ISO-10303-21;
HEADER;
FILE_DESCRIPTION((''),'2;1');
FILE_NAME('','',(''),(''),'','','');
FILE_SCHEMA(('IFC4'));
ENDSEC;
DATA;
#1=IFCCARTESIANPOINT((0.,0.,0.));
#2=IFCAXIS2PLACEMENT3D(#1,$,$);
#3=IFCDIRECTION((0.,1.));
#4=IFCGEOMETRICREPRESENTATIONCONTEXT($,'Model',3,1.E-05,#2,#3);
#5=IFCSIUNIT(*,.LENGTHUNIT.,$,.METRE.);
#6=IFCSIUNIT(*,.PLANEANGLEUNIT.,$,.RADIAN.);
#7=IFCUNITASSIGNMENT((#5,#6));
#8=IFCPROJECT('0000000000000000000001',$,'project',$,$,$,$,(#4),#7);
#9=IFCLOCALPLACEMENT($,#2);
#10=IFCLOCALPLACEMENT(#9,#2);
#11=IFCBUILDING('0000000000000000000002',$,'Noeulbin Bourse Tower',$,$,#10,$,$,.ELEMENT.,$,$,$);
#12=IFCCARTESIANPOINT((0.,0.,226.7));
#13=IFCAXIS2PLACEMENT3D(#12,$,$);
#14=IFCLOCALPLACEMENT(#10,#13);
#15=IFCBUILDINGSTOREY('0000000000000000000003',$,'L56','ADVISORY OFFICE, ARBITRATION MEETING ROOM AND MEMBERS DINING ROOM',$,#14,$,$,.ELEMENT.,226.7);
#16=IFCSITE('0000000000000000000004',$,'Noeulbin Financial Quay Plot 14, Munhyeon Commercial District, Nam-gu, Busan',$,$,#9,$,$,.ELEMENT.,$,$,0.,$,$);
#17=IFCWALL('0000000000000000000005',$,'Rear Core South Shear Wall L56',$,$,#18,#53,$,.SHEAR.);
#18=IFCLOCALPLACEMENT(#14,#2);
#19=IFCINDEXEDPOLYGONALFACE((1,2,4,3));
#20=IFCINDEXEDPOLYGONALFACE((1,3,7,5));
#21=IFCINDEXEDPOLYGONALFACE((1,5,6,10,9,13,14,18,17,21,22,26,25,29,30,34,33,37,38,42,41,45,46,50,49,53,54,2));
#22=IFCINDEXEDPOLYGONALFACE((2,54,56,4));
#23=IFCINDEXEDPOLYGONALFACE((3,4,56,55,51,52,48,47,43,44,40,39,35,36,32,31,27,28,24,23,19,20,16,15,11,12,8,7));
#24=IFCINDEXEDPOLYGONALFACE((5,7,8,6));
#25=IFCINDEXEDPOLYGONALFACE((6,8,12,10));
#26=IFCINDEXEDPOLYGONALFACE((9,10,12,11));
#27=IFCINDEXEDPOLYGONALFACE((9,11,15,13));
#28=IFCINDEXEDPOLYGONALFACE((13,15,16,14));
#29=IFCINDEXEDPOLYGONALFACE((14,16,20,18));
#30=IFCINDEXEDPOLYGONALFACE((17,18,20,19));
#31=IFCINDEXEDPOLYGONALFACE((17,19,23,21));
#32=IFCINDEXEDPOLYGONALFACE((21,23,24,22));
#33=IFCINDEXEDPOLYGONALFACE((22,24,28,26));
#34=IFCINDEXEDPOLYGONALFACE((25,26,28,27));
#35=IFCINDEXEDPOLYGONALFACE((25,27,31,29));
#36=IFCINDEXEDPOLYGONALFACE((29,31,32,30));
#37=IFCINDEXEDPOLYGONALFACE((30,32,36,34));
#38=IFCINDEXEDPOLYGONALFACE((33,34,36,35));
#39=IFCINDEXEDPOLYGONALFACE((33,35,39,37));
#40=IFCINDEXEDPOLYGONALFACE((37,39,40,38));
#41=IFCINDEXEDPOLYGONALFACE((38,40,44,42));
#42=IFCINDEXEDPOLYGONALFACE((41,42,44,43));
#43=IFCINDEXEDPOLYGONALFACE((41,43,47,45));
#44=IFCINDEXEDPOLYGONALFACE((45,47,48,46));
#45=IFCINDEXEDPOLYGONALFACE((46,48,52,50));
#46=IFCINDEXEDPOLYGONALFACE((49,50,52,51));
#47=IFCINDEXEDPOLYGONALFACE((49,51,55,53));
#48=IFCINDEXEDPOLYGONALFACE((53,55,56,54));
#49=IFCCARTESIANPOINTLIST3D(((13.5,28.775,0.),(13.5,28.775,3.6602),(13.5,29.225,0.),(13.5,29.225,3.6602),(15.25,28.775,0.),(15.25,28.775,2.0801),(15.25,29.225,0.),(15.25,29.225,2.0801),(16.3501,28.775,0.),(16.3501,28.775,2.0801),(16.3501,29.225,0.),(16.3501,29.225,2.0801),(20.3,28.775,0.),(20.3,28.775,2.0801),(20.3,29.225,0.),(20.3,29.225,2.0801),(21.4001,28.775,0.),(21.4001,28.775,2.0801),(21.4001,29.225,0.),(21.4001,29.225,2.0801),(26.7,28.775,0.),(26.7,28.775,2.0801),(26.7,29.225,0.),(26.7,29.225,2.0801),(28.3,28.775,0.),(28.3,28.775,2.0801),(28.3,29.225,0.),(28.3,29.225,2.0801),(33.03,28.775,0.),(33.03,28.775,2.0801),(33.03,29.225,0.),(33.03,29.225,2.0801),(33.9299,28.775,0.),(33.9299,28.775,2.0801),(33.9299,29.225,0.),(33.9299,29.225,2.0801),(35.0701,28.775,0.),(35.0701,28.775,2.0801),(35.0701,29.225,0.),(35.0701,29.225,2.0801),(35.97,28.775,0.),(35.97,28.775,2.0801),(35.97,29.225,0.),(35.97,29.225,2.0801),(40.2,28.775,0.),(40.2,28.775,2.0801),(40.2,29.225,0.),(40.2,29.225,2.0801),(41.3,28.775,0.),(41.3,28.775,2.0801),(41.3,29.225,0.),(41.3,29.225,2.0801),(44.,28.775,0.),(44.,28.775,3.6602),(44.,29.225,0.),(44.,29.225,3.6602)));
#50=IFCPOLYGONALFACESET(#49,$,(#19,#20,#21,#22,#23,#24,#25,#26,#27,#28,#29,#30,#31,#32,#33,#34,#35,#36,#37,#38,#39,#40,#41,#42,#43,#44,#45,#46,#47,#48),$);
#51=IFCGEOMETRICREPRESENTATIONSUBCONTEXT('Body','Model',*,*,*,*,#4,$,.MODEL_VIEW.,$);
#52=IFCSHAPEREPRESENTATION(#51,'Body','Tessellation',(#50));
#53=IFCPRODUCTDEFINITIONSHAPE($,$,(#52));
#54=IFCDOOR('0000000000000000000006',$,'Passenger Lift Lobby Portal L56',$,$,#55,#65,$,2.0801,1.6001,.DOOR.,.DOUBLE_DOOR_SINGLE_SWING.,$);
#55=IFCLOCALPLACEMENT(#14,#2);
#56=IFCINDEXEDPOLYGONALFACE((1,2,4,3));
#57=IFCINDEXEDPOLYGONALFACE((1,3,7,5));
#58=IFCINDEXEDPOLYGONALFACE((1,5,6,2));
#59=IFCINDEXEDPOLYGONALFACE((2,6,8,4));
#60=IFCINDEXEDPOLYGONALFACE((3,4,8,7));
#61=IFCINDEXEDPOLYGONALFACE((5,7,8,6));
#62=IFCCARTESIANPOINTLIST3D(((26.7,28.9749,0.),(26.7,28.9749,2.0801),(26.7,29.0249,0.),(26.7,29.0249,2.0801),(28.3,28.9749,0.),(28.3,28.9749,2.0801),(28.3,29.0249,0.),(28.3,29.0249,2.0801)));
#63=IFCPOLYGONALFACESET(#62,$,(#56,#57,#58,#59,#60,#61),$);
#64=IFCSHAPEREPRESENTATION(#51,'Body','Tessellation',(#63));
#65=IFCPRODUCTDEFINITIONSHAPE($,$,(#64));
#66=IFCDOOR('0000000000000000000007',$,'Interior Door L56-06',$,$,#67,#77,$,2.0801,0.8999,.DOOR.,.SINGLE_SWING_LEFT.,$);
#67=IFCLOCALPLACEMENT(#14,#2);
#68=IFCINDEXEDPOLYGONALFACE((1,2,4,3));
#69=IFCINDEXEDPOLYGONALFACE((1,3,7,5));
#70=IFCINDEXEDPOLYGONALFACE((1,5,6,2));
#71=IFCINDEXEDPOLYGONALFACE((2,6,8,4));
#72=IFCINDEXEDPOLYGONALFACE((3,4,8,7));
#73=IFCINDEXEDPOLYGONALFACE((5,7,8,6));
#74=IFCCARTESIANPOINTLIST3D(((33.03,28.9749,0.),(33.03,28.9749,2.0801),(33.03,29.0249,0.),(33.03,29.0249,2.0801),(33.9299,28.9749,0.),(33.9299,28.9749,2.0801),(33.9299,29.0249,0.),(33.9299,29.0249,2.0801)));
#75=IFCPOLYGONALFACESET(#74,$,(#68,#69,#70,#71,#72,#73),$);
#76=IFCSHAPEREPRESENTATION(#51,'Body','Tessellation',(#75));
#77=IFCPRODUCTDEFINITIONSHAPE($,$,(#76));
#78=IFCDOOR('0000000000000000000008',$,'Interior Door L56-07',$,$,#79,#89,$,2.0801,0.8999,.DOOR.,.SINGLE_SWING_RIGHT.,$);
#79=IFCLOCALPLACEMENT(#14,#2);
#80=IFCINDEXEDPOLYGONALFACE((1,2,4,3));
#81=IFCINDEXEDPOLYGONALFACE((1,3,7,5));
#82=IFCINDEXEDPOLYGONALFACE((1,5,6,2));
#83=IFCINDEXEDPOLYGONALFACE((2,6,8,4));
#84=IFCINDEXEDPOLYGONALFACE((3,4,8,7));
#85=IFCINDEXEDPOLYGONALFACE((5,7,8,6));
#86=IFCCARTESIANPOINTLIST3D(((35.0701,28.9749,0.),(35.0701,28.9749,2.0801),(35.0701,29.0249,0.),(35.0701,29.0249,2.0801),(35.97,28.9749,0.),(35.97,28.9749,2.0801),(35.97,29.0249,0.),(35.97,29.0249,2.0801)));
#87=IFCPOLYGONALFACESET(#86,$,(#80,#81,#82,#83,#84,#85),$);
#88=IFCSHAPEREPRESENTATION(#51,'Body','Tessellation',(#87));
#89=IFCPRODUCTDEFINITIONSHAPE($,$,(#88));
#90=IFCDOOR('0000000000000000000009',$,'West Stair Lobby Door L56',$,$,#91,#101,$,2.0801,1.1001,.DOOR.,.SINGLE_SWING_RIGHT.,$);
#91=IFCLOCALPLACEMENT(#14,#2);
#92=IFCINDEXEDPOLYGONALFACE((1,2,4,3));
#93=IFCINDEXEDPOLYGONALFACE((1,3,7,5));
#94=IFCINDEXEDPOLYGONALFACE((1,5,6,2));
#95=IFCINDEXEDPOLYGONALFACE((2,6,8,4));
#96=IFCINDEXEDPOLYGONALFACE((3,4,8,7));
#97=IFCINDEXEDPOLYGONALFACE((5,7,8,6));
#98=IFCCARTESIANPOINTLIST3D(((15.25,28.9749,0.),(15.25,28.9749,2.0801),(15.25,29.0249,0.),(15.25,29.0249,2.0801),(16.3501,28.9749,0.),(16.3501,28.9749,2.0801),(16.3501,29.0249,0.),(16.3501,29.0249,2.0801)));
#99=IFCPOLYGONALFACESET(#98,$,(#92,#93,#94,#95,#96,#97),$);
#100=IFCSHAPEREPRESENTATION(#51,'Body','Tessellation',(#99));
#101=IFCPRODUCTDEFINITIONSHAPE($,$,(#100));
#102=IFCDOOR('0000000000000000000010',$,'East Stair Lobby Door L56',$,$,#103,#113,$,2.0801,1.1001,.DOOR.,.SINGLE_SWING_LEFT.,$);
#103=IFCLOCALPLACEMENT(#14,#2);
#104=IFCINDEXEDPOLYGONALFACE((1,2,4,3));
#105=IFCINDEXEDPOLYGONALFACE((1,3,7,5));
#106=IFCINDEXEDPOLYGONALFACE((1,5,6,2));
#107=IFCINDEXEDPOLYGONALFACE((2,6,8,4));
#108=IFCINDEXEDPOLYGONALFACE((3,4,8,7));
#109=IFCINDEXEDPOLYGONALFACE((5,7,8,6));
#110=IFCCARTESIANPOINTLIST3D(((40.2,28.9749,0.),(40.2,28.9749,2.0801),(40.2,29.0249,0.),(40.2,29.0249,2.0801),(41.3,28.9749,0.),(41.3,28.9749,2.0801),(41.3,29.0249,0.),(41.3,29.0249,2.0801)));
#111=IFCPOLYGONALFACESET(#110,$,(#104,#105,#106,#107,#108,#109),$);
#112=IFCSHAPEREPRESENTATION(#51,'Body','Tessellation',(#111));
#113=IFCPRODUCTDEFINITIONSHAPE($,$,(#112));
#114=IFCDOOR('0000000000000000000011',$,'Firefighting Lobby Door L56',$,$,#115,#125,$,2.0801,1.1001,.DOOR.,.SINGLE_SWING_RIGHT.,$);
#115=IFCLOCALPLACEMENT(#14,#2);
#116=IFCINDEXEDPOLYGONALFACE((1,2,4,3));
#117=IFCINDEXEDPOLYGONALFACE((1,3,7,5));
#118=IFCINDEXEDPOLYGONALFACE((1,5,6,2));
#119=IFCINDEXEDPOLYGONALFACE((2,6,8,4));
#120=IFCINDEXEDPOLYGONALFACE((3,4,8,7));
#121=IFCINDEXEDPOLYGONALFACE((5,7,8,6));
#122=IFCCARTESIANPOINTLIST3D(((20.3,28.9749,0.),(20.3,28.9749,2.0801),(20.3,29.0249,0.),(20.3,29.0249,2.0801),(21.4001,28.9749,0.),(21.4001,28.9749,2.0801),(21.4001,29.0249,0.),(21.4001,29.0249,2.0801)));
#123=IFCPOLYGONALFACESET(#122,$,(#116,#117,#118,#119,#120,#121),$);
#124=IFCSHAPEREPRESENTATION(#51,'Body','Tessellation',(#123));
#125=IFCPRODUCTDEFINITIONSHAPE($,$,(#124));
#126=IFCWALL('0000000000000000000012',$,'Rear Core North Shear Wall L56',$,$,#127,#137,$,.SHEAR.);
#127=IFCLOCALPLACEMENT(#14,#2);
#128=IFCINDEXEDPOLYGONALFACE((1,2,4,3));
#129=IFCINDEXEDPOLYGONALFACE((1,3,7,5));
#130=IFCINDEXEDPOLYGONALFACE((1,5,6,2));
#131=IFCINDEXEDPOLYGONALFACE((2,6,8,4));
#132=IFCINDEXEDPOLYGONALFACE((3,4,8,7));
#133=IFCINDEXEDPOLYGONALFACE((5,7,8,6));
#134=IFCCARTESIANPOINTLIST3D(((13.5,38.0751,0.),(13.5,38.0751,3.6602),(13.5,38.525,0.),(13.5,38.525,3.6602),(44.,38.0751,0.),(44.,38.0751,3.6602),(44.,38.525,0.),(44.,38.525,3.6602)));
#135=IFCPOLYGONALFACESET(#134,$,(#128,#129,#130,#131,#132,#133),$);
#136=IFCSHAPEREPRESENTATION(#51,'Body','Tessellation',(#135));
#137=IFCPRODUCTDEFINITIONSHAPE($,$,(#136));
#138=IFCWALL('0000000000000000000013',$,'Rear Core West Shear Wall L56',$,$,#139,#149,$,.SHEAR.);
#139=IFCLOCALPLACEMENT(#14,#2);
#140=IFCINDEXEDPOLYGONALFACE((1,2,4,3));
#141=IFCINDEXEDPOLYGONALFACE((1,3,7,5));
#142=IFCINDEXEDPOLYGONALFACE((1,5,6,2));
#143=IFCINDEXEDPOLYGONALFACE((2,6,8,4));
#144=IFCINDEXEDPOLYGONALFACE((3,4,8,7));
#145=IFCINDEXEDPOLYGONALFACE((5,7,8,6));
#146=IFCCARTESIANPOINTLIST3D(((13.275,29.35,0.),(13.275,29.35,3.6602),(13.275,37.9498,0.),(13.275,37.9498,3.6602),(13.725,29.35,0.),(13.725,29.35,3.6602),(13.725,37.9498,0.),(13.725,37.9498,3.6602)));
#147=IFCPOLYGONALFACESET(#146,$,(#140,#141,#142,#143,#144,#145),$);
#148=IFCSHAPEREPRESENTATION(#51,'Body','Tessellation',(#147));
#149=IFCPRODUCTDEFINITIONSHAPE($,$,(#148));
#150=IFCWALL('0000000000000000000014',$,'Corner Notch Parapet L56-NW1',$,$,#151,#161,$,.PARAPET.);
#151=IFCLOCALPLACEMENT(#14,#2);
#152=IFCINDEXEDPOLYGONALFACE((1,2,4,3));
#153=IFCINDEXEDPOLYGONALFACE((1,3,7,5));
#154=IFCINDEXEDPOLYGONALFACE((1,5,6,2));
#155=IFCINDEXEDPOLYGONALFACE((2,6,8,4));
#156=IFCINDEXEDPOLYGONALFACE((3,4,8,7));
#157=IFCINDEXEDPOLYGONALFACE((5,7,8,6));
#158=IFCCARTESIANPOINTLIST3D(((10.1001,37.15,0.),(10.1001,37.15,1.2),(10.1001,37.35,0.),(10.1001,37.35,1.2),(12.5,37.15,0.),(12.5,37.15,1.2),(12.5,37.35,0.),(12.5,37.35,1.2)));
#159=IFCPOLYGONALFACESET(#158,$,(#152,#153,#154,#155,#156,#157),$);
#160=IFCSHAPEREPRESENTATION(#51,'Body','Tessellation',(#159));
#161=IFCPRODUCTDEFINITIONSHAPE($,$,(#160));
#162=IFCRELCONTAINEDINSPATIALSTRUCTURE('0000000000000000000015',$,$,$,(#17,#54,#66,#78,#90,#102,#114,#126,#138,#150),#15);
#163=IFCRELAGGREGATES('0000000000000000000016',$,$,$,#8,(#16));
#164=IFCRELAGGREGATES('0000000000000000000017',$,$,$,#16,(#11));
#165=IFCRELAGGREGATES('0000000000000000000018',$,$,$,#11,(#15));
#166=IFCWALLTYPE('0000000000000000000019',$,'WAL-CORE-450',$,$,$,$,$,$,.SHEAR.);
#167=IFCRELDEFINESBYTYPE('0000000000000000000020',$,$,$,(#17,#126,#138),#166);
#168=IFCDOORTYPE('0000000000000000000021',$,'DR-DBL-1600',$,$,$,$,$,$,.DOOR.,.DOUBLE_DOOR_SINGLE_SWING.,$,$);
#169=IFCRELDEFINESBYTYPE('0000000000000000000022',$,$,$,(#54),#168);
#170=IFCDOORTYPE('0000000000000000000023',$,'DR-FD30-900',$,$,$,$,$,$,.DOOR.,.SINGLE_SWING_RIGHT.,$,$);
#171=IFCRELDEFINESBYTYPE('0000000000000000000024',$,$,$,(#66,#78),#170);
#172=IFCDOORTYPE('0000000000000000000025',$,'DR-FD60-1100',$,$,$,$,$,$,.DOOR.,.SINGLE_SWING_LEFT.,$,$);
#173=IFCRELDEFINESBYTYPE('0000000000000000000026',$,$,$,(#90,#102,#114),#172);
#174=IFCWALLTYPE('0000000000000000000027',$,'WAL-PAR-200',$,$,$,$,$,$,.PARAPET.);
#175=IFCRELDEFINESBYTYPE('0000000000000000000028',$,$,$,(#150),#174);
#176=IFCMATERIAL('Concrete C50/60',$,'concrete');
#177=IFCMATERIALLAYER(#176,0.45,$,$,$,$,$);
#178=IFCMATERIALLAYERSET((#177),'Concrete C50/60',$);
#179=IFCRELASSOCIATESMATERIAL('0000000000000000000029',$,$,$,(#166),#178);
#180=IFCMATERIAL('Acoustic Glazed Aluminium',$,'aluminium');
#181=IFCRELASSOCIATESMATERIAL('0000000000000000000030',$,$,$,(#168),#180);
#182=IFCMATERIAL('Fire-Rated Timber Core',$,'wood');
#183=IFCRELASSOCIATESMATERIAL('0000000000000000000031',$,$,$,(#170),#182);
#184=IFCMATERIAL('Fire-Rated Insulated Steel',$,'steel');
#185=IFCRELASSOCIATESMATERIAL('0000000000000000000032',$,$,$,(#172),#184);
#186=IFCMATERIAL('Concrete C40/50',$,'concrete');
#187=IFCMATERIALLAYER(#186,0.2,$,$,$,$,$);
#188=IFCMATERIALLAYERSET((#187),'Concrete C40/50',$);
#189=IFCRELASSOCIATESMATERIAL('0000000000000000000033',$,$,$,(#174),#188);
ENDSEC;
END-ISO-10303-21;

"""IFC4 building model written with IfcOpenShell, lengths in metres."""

from ifc_helpers import new_model, si_unit, direction, frame, frame_2d, origin, place, context, subcontext, project, spatial, rectangle, extrude, material, layer, layer_set, type_object, element, fill, save


model = new_model("IFC4")

# Units and contexts
model_context = context("Model", 3, precision=1e-05, world=origin(), true_north=direction((0.0, 1.0)))
body_context = subcontext(model_context, "Body", "Model", "MODEL_VIEW")
ifc_project = project(units=[si_unit("LENGTHUNIT", "METRE"), si_unit("PLANEANGLEUNIT", "RADIAN")], contexts=[model_context])

# Site, building, storey
site_placement = place(None, origin())
site = spatial("IfcSite", under=ifc_project, at=site_placement, Name="Noeulbin Financial Quay Plot 14, Munhyeon Commercial District, Nam-gu, Busan", CompositionType="ELEMENT", RefElevation=0.0)
building_placement = place(site_placement, origin())
building = spatial("IfcBuilding", under=site, at=building_placement, Name="Noeulbin Bourse Tower", CompositionType="ELEMENT")
storey_placement = place(building_placement, frame((0.0, 0.0, 226.7)))
storey = spatial("IfcBuildingStorey", under=building, at=storey_placement, Name="L56", Description="ADVISORY OFFICE, ARBITRATION MEETING ROOM AND MEMBERS DINING ROOM", CompositionType="ELEMENT", Elevation=226.7)

# Wall, openings, doors
ifc_material_1 = material(Name="Concrete C50/60", Category="concrete")
ifc_layer_1 = layer(ifc_material_1, 0.45)
ifc_layer_set_1 = layer_set([ifc_layer_1], Name="Concrete C50/60")
wall_type_1 = type_object("IfcWallType", Name="WAL-CORE-450", PredefinedType="SHEAR", material=ifc_layer_set_1)
wall_1_placement = place(storey_placement, frame((13.5, 29.0, 0.0), z_axis=(0.0, 0.0, 1.0), x_axis=(1.0, 0.0, 0.0)))
wall_1 = element("IfcWall", 1, at=wall_1_placement, inside=storey, type_object=wall_type_1, Name="Rear Core South Shear Wall L56", PredefinedType="SHEAR", context=body_context, shape_type="SweptSolid", body=[
    extrude(rectangle(XDim=30.5, YDim=0.45, at=frame_2d((15.25, 0.0))), origin(), (0.0, 0.0, 1.0), 3.6602),
])
opening_1_placement = place(wall_1_placement, frame((1.75, 0.0, 0.0)))
opening_1 = element("IfcOpeningElement", 2, at=opening_1_placement, cuts=wall_1, PredefinedType="OPENING", context=body_context, shape_type="SweptSolid", body=[
    extrude(rectangle(XDim=1.1001, YDim=2.0801, at=frame_2d((0.55, 1.04))), frame((0.0, 0.2349, 0.0), z_axis=(0.0, -1.0, 0.0), x_axis=(1.0, 0.0, 0.0)), (0.0, 0.0, 1.0), 0.47),
])
opening_2_placement = place(wall_1_placement, frame((26.7, 0.0, 0.0)))
opening_2 = element("IfcOpeningElement", 3, at=opening_2_placement, cuts=wall_1, PredefinedType="OPENING", context=body_context, shape_type="SweptSolid", body=[
    extrude(rectangle(XDim=1.1001, YDim=2.0801, at=frame_2d((0.55, 1.04))), frame((0.0, 0.2349, 0.0), z_axis=(0.0, -1.0, 0.0), x_axis=(1.0, 0.0, 0.0)), (0.0, 0.0, 1.0), 0.47),
])
opening_3_placement = place(wall_1_placement, frame((6.8, 0.0, 0.0)))
opening_3 = element("IfcOpeningElement", 4, at=opening_3_placement, cuts=wall_1, PredefinedType="OPENING", context=body_context, shape_type="SweptSolid", body=[
    extrude(rectangle(XDim=1.1001, YDim=2.0801, at=frame_2d((0.55, 1.04))), frame((0.0, 0.2349, 0.0), z_axis=(0.0, -1.0, 0.0), x_axis=(1.0, 0.0, 0.0)), (0.0, 0.0, 1.0), 0.47),
])
opening_4_placement = place(wall_1_placement, frame((13.2, 0.0, 0.0)))
opening_4 = element("IfcOpeningElement", 5, at=opening_4_placement, cuts=wall_1, PredefinedType="OPENING", context=body_context, shape_type="SweptSolid", body=[
    extrude(rectangle(XDim=1.6001, YDim=2.0801, at=frame_2d((0.8, 1.04))), frame((0.0, 0.2349, 0.0), z_axis=(0.0, -1.0, 0.0), x_axis=(1.0, 0.0, 0.0)), (0.0, 0.0, 1.0), 0.47),
])
opening_5_placement = place(wall_1_placement, frame((19.53, 0.0, 0.0)))
opening_5 = element("IfcOpeningElement", 6, at=opening_5_placement, cuts=wall_1, PredefinedType="OPENING", context=body_context, shape_type="SweptSolid", body=[
    extrude(rectangle(XDim=0.8999, YDim=2.0801, at=frame_2d((0.45, 1.04))), frame((0.0, 0.2349, 0.0), z_axis=(0.0, -1.0, 0.0), x_axis=(1.0, 0.0, 0.0)), (0.0, 0.0, 1.0), 0.47),
])
opening_6_placement = place(wall_1_placement, frame((21.5701, 0.0, 0.0)))
opening_6 = element("IfcOpeningElement", 7, at=opening_6_placement, cuts=wall_1, PredefinedType="OPENING", context=body_context, shape_type="SweptSolid", body=[
    extrude(rectangle(XDim=0.8999, YDim=2.0801, at=frame_2d((0.45, 1.04))), frame((0.0, 0.2349, 0.0), z_axis=(0.0, -1.0, 0.0), x_axis=(1.0, 0.0, 0.0)), (0.0, 0.0, 1.0), 0.47),
])
ifc_material_2 = material(Name="Acoustic Glazed Aluminium", Category="aluminium")
door_type_1 = type_object("IfcDoorType", Name="DR-DBL-1600", OperationType="DOUBLE_DOOR_SINGLE_SWING", PredefinedType="DOOR", material=ifc_material_2)
door_1_placement = place(opening_4_placement, origin())
door_1 = element("IfcDoor", 8, at=door_1_placement, inside=storey, type_object=door_type_1, Name="Passenger Lift Lobby Portal L56", OperationType="DOUBLE_DOOR_SINGLE_SWING", OverallHeight=2.0801, OverallWidth=1.6001, PredefinedType="DOOR", context=body_context, shape_type="SweptSolid", body=[
    extrude(rectangle(XDim=1.6001, YDim=2.0801, at=frame_2d((0.8, 1.04))), frame((0.0, 0.0249, 0.0), z_axis=(0.0, -1.0, 0.0), x_axis=(1.0, 0.0, 0.0)), (0.0, 0.0, 1.0), 0.05),
])
fill(opening_4, door_1)
ifc_material_3 = material(Name="Fire-Rated Timber Core", Category="wood")
door_type_2 = type_object("IfcDoorType", Name="DR-FD30-900", OperationType="SINGLE_SWING_RIGHT", PredefinedType="DOOR", material=ifc_material_3)
door_2_placement = place(opening_5_placement, origin())
door_2 = element("IfcDoor", 9, at=door_2_placement, inside=storey, type_object=door_type_2, Name="Interior Door L56-06", OperationType="SINGLE_SWING_LEFT", OverallHeight=2.0801, OverallWidth=0.8999, PredefinedType="DOOR", context=body_context, shape_type="SweptSolid", body=[
    extrude(rectangle(XDim=0.8999, YDim=2.0801, at=frame_2d((0.45, 1.04))), frame((0.0, 0.0249, 0.0), z_axis=(0.0, -1.0, 0.0), x_axis=(1.0, 0.0, 0.0)), (0.0, 0.0, 1.0), 0.05),
])
fill(opening_5, door_2)
door_3_placement = place(opening_6_placement, origin())
door_3 = element("IfcDoor", 10, at=door_3_placement, inside=storey, type_object=door_type_2, Name="Interior Door L56-07", OperationType="SINGLE_SWING_RIGHT", OverallHeight=2.0801, OverallWidth=0.8999, PredefinedType="DOOR", context=body_context, shape_type="SweptSolid", body=[
    extrude(rectangle(XDim=0.8999, YDim=2.0801, at=frame_2d((0.45, 1.04))), frame((0.0, 0.0249, 0.0), z_axis=(0.0, -1.0, 0.0), x_axis=(1.0, 0.0, 0.0)), (0.0, 0.0, 1.0), 0.05),
])
fill(opening_6, door_3)
ifc_material_4 = material(Name="Fire-Rated Insulated Steel", Category="steel")
door_type_3 = type_object("IfcDoorType", Name="DR-FD60-1100", OperationType="SINGLE_SWING_LEFT", PredefinedType="DOOR", material=ifc_material_4)
door_4_placement = place(opening_1_placement, origin())
door_4 = element("IfcDoor", 11, at=door_4_placement, inside=storey, type_object=door_type_3, Name="West Stair Lobby Door L56", OperationType="SINGLE_SWING_RIGHT", OverallHeight=2.0801, OverallWidth=1.1001, PredefinedType="DOOR", context=body_context, shape_type="SweptSolid", body=[
    extrude(rectangle(XDim=1.1001, YDim=2.0801, at=frame_2d((0.55, 1.04))), frame((0.0, 0.0249, 0.0), z_axis=(0.0, -1.0, 0.0), x_axis=(1.0, 0.0, 0.0)), (0.0, 0.0, 1.0), 0.05),
])
fill(opening_1, door_4)
door_5_placement = place(opening_2_placement, origin())
door_5 = element("IfcDoor", 12, at=door_5_placement, inside=storey, type_object=door_type_3, Name="East Stair Lobby Door L56", OperationType="SINGLE_SWING_LEFT", OverallHeight=2.0801, OverallWidth=1.1001, PredefinedType="DOOR", context=body_context, shape_type="SweptSolid", body=[
    extrude(rectangle(XDim=1.1001, YDim=2.0801, at=frame_2d((0.55, 1.04))), frame((0.0, 0.0249, 0.0), z_axis=(0.0, -1.0, 0.0), x_axis=(1.0, 0.0, 0.0)), (0.0, 0.0, 1.0), 0.05),
])
fill(opening_2, door_5)
door_6_placement = place(opening_3_placement, origin())
door_6 = element("IfcDoor", 13, at=door_6_placement, inside=storey, type_object=door_type_3, Name="Firefighting Lobby Door L56", OperationType="SINGLE_SWING_RIGHT", OverallHeight=2.0801, OverallWidth=1.1001, PredefinedType="DOOR", context=body_context, shape_type="SweptSolid", body=[
    extrude(rectangle(XDim=1.1001, YDim=2.0801, at=frame_2d((0.55, 1.04))), frame((0.0, 0.0249, 0.0), z_axis=(0.0, -1.0, 0.0), x_axis=(1.0, 0.0, 0.0)), (0.0, 0.0, 1.0), 0.05),
])
fill(opening_3, door_6)

# Walls
wall_2_placement = place(storey_placement, frame((13.5, 38.3, 0.0), z_axis=(0.0, 0.0, 1.0), x_axis=(1.0, 0.0, 0.0)))
element("IfcWall", 14, at=wall_2_placement, inside=storey, type_object=wall_type_1, Name="Rear Core North Shear Wall L56", PredefinedType="SHEAR", context=body_context, shape_type="SweptSolid", body=[
    extrude(rectangle(XDim=30.5, YDim=0.45, at=frame_2d((15.25, 0.0))), origin(), (0.0, 0.0, 1.0), 3.6602),
])
wall_3_placement = place(storey_placement, frame((13.5, 29.3501, 0.0), z_axis=(0.0, 0.0, 1.0), x_axis=(0.0, 1.0, 0.0)))
element("IfcWall", 15, at=wall_3_placement, inside=storey, type_object=wall_type_1, Name="Rear Core West Shear Wall L56", PredefinedType="SHEAR", context=body_context, shape_type="SweptSolid", body=[
    extrude(rectangle(XDim=8.5999, YDim=0.45, at=frame_2d((4.2998, 0.0))), origin(), (0.0, 0.0, 1.0), 3.6602),
])
ifc_material_5 = material(Name="Concrete C40/50", Category="concrete")
ifc_layer_2 = layer(ifc_material_5, 0.2)
ifc_layer_set_2 = layer_set([ifc_layer_2], Name="Concrete C40/50")
wall_type_2 = type_object("IfcWallType", Name="WAL-PAR-200", PredefinedType="PARAPET", material=ifc_layer_set_2)
for number, where, z_axis, x_axis, name in (
    (16, (10.1001, 37.25, 0.0), (0.0, 0.0, 1.0), (1.0, 0.0, 0.0), "Corner Notch Parapet L56-NW1"),
):
    element("IfcWall", number, at=place(storey_placement, frame(where, z_axis=z_axis, x_axis=x_axis)), inside=storey, type_object=wall_type_2, Name=name, PredefinedType="PARAPET", context=body_context, shape_type="SweptSolid", body=[
        extrude(rectangle(XDim=2.3999, YDim=0.2, at=frame_2d((1.2, 0.0))), origin(), (0.0, 0.0, 1.0), 1.2),
    ])

save(model, "model.ifc")
